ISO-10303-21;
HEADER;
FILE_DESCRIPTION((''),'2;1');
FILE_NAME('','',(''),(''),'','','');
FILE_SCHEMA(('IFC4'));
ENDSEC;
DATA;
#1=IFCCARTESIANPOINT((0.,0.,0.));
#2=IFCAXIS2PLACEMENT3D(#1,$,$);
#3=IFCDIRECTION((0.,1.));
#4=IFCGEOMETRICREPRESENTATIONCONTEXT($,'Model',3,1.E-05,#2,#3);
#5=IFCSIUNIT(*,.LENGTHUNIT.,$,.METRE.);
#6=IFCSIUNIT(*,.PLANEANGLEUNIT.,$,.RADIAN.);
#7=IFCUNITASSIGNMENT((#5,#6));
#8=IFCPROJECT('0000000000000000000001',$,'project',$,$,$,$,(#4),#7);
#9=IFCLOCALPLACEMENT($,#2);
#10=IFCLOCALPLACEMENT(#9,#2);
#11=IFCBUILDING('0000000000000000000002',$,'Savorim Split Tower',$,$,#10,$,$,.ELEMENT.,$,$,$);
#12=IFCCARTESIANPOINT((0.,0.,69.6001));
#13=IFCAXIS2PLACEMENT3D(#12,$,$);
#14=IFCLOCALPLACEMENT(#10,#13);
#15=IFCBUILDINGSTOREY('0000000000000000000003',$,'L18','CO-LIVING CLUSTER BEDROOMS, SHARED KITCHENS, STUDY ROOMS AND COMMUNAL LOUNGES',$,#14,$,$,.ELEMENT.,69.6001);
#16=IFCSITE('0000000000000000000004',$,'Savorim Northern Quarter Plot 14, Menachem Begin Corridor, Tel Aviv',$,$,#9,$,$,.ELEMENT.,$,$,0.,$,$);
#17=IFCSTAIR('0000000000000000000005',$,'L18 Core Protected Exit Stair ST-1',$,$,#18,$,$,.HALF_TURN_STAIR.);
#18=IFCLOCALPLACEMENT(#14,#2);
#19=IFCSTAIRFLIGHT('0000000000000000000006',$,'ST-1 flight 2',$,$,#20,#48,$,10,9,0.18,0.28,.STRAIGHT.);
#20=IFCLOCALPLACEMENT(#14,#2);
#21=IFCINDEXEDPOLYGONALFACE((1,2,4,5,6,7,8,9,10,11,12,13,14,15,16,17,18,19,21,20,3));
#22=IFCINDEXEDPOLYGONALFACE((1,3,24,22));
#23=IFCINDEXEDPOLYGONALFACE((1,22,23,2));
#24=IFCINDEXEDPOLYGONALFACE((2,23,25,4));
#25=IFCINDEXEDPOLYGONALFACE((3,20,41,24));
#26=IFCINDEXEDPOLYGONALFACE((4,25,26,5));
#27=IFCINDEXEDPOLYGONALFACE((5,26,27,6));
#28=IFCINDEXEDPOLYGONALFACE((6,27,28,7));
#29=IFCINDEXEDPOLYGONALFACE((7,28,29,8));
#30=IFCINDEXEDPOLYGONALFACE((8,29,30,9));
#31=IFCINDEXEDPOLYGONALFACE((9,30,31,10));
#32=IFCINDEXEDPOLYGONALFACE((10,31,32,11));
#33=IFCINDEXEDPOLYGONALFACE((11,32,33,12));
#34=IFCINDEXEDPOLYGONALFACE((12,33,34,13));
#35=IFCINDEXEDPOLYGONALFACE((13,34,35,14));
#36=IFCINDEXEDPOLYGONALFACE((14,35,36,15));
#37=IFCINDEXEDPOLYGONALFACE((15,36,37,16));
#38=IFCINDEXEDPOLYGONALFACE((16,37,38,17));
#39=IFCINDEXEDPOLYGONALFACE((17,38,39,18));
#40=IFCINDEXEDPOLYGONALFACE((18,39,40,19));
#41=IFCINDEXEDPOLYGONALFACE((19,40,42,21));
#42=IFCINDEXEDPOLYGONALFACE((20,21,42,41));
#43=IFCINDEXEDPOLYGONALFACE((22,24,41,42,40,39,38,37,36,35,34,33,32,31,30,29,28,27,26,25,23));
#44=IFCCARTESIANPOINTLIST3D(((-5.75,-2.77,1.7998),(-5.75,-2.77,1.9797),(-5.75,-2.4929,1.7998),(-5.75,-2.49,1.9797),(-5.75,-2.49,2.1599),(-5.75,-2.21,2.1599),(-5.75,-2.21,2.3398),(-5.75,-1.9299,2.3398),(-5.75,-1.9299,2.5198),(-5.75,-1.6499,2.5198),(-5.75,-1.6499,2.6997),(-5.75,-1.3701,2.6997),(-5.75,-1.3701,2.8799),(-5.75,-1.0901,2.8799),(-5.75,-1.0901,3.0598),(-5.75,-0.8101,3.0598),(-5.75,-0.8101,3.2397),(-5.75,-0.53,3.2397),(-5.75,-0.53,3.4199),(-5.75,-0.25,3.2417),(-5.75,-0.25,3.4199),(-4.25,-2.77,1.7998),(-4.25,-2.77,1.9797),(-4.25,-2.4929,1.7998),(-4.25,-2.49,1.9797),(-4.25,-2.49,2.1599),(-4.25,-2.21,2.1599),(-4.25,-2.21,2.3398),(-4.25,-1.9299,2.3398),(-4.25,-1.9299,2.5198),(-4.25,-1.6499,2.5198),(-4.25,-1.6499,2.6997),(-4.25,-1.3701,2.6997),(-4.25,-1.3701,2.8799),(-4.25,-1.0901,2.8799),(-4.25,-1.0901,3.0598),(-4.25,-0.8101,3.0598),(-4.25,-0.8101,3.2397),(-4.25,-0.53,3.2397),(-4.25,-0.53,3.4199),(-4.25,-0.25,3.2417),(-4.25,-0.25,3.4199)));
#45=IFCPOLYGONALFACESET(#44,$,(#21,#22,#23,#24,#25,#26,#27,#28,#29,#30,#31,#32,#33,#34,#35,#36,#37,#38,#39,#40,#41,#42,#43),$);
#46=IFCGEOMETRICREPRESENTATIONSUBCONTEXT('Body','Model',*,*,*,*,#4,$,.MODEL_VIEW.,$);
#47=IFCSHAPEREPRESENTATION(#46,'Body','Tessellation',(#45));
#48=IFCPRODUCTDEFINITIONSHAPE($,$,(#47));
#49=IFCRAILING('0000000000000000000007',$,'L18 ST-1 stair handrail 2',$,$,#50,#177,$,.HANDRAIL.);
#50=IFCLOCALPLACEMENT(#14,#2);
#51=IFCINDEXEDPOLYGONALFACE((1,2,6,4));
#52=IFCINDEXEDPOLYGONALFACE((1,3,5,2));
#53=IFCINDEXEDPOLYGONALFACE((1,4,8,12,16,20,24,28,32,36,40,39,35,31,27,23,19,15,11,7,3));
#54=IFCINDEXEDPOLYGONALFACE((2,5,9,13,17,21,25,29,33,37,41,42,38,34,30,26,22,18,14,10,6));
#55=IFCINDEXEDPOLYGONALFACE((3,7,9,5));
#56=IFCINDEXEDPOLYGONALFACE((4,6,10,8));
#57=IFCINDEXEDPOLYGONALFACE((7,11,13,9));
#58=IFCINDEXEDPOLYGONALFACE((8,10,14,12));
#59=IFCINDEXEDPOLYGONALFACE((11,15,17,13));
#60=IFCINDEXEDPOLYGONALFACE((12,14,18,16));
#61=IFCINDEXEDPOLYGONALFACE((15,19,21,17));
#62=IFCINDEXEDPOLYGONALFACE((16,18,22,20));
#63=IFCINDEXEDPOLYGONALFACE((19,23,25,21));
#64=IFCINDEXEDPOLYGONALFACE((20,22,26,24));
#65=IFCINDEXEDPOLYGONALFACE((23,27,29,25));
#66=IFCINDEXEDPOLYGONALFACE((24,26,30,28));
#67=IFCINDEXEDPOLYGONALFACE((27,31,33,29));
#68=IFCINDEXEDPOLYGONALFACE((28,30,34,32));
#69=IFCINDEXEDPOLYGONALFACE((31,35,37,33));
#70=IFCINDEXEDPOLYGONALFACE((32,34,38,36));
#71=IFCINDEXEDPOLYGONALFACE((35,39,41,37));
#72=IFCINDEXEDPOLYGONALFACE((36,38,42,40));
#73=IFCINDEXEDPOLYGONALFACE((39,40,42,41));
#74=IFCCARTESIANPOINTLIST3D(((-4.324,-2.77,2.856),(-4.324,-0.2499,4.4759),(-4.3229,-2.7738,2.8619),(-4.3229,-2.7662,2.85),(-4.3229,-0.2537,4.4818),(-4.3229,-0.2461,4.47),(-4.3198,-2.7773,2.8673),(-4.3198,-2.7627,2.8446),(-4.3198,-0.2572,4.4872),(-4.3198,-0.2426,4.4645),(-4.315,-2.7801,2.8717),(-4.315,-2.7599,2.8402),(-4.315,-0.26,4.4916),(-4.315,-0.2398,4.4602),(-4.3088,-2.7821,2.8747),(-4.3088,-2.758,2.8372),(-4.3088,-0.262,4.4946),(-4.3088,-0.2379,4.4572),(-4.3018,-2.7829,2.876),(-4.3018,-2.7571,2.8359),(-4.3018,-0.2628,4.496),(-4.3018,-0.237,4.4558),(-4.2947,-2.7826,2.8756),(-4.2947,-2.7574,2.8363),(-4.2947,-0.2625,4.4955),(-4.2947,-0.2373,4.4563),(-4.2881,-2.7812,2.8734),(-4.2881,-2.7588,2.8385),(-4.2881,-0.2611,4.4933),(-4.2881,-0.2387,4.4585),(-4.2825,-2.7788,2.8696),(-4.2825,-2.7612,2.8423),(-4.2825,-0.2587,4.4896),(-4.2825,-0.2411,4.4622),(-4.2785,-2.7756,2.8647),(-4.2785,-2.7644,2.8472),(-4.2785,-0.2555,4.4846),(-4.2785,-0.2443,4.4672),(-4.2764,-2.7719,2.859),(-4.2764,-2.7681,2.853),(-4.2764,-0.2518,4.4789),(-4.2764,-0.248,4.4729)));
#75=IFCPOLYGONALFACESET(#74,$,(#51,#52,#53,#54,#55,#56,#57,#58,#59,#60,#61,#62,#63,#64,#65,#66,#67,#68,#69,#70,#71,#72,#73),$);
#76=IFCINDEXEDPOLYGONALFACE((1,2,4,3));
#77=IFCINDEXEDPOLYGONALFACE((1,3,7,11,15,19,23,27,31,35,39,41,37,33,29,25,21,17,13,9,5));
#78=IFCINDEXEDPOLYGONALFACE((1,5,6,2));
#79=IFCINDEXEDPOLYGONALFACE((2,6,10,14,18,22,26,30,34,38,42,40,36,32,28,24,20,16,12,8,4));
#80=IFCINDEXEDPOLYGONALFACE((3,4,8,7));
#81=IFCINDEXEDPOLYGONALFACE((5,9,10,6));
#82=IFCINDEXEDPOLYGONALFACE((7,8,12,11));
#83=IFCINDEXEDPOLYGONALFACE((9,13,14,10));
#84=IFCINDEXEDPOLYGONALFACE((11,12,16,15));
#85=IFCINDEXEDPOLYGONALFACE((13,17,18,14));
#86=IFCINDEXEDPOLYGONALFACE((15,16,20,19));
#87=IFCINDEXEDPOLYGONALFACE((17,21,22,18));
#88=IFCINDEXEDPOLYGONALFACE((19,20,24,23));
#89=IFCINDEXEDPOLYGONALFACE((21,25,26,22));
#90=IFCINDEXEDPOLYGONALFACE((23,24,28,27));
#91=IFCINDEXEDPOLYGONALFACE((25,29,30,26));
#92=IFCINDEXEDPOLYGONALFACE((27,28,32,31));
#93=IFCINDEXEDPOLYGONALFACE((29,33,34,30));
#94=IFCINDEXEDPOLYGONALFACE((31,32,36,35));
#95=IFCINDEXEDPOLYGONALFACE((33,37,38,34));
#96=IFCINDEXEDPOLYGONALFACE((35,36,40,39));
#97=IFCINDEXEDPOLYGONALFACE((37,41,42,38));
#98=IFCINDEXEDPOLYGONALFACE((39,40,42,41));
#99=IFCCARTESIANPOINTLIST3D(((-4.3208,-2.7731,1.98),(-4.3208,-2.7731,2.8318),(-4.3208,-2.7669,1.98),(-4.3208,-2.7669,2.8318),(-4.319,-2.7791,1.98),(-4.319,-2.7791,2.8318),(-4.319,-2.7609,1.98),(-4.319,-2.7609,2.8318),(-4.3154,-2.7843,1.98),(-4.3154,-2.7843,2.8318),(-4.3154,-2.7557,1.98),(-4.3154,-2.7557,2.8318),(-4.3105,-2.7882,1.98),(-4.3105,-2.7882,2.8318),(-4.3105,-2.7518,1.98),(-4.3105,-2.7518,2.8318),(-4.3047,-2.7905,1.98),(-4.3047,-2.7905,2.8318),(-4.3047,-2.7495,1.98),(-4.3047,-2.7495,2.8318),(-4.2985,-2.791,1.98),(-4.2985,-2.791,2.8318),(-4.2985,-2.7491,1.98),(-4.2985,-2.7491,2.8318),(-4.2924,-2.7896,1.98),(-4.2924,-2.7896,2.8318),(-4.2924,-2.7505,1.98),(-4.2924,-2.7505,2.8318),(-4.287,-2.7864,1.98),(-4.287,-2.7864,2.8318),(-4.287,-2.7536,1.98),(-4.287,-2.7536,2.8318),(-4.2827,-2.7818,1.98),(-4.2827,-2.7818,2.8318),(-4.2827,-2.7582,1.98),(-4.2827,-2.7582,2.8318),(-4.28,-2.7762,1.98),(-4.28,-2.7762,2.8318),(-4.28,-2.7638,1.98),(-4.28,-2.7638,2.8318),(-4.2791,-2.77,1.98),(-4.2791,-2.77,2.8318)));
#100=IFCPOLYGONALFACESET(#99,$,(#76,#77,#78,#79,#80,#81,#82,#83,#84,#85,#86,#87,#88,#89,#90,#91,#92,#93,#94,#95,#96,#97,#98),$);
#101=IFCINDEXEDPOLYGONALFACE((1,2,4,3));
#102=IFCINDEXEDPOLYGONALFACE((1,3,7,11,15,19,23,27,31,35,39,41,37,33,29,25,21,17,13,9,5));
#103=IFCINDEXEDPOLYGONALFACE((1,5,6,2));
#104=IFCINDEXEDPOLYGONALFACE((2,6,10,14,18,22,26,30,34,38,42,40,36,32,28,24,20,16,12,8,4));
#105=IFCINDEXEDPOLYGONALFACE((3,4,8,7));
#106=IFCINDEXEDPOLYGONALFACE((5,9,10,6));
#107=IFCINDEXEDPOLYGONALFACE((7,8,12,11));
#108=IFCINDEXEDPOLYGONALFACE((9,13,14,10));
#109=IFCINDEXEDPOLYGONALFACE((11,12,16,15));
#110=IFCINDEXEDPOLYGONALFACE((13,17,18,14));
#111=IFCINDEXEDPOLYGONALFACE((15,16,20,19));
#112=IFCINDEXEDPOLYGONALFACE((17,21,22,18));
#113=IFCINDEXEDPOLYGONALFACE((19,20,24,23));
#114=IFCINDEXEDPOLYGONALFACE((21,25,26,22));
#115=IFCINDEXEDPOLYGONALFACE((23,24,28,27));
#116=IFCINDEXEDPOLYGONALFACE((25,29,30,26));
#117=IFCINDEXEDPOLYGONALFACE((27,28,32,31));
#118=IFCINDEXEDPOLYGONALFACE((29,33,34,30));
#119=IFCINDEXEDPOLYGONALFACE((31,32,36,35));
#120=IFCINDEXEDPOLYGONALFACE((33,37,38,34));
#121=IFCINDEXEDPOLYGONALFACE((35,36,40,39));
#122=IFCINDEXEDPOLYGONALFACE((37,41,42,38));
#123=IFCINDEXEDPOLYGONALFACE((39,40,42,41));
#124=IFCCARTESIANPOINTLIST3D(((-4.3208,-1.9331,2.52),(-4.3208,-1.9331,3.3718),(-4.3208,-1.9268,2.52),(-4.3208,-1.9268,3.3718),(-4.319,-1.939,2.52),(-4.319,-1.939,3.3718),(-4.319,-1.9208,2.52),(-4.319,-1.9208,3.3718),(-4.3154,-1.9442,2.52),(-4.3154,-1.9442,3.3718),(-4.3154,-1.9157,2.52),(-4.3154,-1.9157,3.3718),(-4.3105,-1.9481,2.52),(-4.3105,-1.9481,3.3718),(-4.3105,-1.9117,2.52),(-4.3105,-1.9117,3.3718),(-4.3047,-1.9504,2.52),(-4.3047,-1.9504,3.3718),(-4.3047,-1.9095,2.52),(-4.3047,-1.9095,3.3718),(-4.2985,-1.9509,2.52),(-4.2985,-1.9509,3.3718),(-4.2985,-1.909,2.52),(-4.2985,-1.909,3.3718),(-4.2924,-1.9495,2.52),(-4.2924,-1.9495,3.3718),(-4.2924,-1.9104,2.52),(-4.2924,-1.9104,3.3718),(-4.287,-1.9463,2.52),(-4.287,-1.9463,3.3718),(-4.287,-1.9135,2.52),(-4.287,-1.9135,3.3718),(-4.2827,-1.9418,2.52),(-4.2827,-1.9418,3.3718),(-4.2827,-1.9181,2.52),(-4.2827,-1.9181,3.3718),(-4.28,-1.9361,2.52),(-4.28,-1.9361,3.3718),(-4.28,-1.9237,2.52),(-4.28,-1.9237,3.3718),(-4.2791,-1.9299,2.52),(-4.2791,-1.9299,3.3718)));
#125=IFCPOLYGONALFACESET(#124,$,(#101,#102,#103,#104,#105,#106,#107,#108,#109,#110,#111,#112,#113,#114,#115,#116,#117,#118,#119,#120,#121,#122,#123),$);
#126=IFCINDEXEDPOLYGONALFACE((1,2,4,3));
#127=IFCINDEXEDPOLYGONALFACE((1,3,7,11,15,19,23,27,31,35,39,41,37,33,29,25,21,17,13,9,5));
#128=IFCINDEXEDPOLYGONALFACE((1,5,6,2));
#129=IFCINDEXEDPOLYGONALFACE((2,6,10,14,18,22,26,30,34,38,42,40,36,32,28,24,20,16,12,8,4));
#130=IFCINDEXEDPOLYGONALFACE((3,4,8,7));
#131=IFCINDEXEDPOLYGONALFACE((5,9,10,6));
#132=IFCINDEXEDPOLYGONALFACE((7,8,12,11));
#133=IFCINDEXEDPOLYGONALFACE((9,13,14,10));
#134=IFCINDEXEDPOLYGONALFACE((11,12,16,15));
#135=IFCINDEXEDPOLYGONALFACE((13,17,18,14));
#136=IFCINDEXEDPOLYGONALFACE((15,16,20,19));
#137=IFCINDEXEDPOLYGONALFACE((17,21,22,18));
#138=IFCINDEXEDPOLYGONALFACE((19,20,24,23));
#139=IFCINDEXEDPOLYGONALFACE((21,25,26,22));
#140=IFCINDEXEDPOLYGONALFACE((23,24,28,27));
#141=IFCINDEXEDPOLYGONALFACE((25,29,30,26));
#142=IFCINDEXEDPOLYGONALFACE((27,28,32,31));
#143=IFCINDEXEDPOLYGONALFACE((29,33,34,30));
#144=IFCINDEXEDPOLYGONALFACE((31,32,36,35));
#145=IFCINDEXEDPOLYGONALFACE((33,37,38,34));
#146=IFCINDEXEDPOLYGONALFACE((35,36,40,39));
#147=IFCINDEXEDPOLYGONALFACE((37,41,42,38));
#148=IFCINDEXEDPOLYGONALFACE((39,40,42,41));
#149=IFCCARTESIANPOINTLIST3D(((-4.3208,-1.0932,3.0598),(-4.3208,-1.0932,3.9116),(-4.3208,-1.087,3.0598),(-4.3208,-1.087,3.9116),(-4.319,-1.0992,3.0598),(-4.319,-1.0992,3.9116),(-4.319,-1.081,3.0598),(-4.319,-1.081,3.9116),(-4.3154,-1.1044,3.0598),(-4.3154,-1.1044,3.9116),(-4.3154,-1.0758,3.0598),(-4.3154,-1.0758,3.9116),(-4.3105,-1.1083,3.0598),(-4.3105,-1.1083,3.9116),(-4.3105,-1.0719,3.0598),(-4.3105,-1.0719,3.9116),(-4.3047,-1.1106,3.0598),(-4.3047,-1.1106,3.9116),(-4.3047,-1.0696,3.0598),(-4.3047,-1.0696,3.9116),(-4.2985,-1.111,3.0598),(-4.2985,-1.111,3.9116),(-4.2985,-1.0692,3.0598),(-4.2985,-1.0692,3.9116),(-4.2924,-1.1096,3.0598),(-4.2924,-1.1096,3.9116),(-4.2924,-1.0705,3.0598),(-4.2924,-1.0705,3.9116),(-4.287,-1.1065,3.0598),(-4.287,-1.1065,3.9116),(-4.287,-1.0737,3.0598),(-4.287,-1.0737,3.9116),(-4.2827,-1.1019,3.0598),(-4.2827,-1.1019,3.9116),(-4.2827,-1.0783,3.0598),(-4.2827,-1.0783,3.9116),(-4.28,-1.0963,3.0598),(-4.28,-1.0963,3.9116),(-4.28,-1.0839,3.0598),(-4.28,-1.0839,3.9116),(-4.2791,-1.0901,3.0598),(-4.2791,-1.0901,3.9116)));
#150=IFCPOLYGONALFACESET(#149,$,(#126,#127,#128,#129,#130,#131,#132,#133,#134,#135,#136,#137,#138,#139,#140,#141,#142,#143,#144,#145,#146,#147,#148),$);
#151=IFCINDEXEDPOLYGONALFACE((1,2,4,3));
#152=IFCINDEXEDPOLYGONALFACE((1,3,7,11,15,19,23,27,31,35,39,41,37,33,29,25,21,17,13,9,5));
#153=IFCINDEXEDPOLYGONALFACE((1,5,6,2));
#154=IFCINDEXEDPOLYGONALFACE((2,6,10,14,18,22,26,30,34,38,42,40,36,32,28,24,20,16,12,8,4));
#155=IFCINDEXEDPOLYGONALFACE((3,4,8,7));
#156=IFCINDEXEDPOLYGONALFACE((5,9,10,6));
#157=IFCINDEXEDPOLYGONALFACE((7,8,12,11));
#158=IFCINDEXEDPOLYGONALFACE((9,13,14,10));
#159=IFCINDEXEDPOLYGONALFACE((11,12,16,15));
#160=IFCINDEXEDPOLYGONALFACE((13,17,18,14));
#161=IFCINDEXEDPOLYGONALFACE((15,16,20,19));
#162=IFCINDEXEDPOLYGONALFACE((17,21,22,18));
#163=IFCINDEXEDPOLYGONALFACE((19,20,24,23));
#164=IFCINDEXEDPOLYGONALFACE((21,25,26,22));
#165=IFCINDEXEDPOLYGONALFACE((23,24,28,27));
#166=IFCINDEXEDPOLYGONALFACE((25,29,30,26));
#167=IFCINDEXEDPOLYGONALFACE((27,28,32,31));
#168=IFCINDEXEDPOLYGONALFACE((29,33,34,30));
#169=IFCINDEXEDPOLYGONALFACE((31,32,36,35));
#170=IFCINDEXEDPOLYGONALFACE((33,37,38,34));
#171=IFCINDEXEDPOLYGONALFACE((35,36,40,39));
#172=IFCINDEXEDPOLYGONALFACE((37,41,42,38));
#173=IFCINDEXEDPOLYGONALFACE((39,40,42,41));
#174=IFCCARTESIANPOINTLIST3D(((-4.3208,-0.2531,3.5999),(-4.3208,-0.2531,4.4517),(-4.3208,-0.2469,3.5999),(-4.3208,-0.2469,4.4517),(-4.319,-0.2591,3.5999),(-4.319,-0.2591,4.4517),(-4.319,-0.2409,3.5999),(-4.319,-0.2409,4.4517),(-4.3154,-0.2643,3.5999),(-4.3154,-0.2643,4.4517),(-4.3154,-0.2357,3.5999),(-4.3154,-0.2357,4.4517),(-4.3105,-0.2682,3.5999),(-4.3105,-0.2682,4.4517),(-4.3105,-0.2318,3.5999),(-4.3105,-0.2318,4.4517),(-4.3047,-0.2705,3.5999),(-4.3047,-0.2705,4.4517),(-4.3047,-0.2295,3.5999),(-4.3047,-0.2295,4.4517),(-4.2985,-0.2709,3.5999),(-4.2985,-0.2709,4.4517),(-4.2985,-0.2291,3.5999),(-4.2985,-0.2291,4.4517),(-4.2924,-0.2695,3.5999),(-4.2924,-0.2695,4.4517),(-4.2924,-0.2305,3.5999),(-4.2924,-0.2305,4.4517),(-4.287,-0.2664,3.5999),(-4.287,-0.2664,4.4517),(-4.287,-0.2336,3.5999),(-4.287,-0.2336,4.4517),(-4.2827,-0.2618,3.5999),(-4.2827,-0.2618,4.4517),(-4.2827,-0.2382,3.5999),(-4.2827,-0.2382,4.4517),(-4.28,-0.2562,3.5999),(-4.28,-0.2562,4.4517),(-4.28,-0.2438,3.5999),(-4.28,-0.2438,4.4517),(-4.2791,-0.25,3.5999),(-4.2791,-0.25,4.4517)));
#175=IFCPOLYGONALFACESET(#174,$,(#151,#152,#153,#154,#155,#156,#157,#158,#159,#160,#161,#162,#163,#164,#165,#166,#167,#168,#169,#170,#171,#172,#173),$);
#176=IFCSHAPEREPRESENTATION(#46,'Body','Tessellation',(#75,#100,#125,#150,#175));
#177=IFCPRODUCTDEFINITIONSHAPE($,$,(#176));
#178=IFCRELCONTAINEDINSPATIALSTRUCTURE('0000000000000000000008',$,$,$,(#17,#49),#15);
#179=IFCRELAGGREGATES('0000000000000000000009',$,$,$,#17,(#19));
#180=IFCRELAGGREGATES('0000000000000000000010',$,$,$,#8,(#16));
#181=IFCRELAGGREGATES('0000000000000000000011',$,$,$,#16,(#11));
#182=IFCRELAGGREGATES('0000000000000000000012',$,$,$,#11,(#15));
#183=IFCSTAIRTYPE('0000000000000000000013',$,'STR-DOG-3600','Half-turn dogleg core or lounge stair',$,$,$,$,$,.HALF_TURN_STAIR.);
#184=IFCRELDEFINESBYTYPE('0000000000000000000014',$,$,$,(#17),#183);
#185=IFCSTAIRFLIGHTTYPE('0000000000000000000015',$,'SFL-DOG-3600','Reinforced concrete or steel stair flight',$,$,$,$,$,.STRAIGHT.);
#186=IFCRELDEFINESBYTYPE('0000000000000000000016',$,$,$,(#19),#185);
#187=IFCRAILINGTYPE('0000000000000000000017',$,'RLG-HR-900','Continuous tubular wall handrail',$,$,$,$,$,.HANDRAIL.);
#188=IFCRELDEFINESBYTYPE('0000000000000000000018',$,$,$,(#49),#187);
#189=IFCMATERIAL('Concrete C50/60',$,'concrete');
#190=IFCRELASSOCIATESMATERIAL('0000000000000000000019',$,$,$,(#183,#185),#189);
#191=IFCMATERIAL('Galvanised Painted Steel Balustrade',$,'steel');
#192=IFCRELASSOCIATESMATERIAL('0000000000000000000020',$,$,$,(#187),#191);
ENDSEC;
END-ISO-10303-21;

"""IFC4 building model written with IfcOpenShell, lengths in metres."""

from ifc_helpers import new_model, si_unit, direction, frame, origin, origin_2d, place, context, subcontext, project, spatial, polyline, circle, outline, extrude, material, type_object, element, aggregate, save


model = new_model("IFC4")

# Units and contexts
model_context = context("Model", 3, precision=1e-05, world=origin(), true_north=direction((0.0, 1.0)))
body_context = subcontext(model_context, "Body", "Model", "MODEL_VIEW")
ifc_project = project(units=[si_unit("LENGTHUNIT", "METRE"), si_unit("PLANEANGLEUNIT", "RADIAN")], contexts=[model_context])

# Site, building, storey
site_placement = place(None, origin())
site = spatial("IfcSite", under=ifc_project, at=site_placement, Name="Savorim Northern Quarter Plot 14, Menachem Begin Corridor, Tel Aviv", CompositionType="ELEMENT", RefElevation=0.0)
building_placement = place(site_placement, origin())
building = spatial("IfcBuilding", under=site, at=building_placement, Name="Savorim Split Tower", CompositionType="ELEMENT")
storey_placement = place(building_placement, frame((0.0, 0.0, 69.6001)))
storey = spatial("IfcBuildingStorey", under=building, at=storey_placement, Name="L18", Description="CO-LIVING CLUSTER BEDROOMS, SHARED KITCHENS, STUDY ROOMS AND COMMUNAL LOUNGES", CompositionType="ELEMENT", Elevation=69.6001)

# Shared definitions
ifc_material_1 = material(Name="Concrete C50/60", Category="concrete")

# Stair, stair flight
stair_type = type_object("IfcStairType", Name="STR-DOG-3600", Description="Half-turn dogleg core or lounge stair", PredefinedType="HALF_TURN_STAIR", material=ifc_material_1)
stair_placement = place(storey_placement, origin())
stair = element("IfcStair", 1, at=stair_placement, inside=storey, type_object=stair_type, Name="L18 Core Protected Exit Stair ST-1", PredefinedType="HALF_TURN_STAIR")
stair_flight_type = type_object("IfcStairFlightType", Name="SFL-DOG-3600", Description="Reinforced concrete or steel stair flight", PredefinedType="STRAIGHT", material=ifc_material_1)
stair_flight_placement = place(storey_placement, frame((-5.0, -2.77, 1.7998), z_axis=(0.0, 0.0, 1.0), x_axis=(0.0, 1.0, 0.0)))
stair_flight = element("IfcStairFlight", 2, at=stair_flight_placement, type_object=stair_flight_type, Name="ST-1 flight 2", NumberOfRisers=10, NumberOfTreads=9, PredefinedType="STRAIGHT", RiserHeight=0.18, TreadLength=0.28, context=body_context, shape_type="SweptSolid", body=[
    extrude(outline(polyline([(0.0, 0.0), (0.0, 0.1799), (0.28, 0.1799), (0.28, 0.3601), (0.5601, 0.3601), (0.5601, 0.54), (0.8401, 0.54), (0.8401, 0.72), (1.1201, 0.72), (1.1201, 0.8999), (1.3999, 0.8999), (1.3999, 1.0801), (1.6799, 1.0801), (1.6799, 1.26), (1.96, 1.26), (1.96, 1.4399), (2.24, 1.4399), (2.24, 1.6201), (2.52, 1.6201), (2.52, 1.8), (2.52, 1.4419), (0.2771, 0.0), (0.0, 0.0)])), frame((0.0, 0.75, 0.0), z_axis=(0.0, -1.0, 0.0), x_axis=(1.0, 0.0, 0.0)), (0.0, 0.0, 1.0), 1.5),
])
aggregate(stair, [stair_flight])

# Railing
ifc_material_2 = material(Name="Galvanised Painted Steel Balustrade", Category="steel")
railing_type_1 = type_object("IfcRailingType", Name="RLG-HR-900", Description="Continuous tubular wall handrail", PredefinedType="HANDRAIL", material=ifc_material_2)
railing_1_placement = place(storey_placement, frame((-4.3, -2.77, 1.98)))
element("IfcRailing", 3, at=railing_1_placement, inside=storey, type_object=railing_type_1, Name="L18 ST-1 stair handrail 2", PredefinedType="HANDRAIL", context=body_context, shape_type="SweptSolid", body=[
    extrude(circle(Radius=0.0239, at=origin_2d()), frame((0.0, 0.0, 0.876), z_axis=(0.0, 0.8412, 0.540725), x_axis=(-1.0, 0.0, 0.0)), (0.0, 0.0, 1.0), 2.9958),
    extrude(circle(Radius=0.021, at=origin_2d()), origin(), (0.0, 0.0, 1.0), 0.8518),
    extrude(circle(Radius=0.021, at=origin_2d()), frame((0.0, 0.8401, 0.54)), (0.0, 0.0, 1.0), 0.8518),
    extrude(circle(Radius=0.021, at=origin_2d()), frame((0.0, 1.6799, 1.0798)), (0.0, 0.0, 1.0), 0.8518),
    extrude(circle(Radius=0.021, at=origin_2d()), frame((0.0, 2.52, 1.6199)), (0.0, 0.0, 1.0), 0.8518),
])

save(model, "model.ifc")
